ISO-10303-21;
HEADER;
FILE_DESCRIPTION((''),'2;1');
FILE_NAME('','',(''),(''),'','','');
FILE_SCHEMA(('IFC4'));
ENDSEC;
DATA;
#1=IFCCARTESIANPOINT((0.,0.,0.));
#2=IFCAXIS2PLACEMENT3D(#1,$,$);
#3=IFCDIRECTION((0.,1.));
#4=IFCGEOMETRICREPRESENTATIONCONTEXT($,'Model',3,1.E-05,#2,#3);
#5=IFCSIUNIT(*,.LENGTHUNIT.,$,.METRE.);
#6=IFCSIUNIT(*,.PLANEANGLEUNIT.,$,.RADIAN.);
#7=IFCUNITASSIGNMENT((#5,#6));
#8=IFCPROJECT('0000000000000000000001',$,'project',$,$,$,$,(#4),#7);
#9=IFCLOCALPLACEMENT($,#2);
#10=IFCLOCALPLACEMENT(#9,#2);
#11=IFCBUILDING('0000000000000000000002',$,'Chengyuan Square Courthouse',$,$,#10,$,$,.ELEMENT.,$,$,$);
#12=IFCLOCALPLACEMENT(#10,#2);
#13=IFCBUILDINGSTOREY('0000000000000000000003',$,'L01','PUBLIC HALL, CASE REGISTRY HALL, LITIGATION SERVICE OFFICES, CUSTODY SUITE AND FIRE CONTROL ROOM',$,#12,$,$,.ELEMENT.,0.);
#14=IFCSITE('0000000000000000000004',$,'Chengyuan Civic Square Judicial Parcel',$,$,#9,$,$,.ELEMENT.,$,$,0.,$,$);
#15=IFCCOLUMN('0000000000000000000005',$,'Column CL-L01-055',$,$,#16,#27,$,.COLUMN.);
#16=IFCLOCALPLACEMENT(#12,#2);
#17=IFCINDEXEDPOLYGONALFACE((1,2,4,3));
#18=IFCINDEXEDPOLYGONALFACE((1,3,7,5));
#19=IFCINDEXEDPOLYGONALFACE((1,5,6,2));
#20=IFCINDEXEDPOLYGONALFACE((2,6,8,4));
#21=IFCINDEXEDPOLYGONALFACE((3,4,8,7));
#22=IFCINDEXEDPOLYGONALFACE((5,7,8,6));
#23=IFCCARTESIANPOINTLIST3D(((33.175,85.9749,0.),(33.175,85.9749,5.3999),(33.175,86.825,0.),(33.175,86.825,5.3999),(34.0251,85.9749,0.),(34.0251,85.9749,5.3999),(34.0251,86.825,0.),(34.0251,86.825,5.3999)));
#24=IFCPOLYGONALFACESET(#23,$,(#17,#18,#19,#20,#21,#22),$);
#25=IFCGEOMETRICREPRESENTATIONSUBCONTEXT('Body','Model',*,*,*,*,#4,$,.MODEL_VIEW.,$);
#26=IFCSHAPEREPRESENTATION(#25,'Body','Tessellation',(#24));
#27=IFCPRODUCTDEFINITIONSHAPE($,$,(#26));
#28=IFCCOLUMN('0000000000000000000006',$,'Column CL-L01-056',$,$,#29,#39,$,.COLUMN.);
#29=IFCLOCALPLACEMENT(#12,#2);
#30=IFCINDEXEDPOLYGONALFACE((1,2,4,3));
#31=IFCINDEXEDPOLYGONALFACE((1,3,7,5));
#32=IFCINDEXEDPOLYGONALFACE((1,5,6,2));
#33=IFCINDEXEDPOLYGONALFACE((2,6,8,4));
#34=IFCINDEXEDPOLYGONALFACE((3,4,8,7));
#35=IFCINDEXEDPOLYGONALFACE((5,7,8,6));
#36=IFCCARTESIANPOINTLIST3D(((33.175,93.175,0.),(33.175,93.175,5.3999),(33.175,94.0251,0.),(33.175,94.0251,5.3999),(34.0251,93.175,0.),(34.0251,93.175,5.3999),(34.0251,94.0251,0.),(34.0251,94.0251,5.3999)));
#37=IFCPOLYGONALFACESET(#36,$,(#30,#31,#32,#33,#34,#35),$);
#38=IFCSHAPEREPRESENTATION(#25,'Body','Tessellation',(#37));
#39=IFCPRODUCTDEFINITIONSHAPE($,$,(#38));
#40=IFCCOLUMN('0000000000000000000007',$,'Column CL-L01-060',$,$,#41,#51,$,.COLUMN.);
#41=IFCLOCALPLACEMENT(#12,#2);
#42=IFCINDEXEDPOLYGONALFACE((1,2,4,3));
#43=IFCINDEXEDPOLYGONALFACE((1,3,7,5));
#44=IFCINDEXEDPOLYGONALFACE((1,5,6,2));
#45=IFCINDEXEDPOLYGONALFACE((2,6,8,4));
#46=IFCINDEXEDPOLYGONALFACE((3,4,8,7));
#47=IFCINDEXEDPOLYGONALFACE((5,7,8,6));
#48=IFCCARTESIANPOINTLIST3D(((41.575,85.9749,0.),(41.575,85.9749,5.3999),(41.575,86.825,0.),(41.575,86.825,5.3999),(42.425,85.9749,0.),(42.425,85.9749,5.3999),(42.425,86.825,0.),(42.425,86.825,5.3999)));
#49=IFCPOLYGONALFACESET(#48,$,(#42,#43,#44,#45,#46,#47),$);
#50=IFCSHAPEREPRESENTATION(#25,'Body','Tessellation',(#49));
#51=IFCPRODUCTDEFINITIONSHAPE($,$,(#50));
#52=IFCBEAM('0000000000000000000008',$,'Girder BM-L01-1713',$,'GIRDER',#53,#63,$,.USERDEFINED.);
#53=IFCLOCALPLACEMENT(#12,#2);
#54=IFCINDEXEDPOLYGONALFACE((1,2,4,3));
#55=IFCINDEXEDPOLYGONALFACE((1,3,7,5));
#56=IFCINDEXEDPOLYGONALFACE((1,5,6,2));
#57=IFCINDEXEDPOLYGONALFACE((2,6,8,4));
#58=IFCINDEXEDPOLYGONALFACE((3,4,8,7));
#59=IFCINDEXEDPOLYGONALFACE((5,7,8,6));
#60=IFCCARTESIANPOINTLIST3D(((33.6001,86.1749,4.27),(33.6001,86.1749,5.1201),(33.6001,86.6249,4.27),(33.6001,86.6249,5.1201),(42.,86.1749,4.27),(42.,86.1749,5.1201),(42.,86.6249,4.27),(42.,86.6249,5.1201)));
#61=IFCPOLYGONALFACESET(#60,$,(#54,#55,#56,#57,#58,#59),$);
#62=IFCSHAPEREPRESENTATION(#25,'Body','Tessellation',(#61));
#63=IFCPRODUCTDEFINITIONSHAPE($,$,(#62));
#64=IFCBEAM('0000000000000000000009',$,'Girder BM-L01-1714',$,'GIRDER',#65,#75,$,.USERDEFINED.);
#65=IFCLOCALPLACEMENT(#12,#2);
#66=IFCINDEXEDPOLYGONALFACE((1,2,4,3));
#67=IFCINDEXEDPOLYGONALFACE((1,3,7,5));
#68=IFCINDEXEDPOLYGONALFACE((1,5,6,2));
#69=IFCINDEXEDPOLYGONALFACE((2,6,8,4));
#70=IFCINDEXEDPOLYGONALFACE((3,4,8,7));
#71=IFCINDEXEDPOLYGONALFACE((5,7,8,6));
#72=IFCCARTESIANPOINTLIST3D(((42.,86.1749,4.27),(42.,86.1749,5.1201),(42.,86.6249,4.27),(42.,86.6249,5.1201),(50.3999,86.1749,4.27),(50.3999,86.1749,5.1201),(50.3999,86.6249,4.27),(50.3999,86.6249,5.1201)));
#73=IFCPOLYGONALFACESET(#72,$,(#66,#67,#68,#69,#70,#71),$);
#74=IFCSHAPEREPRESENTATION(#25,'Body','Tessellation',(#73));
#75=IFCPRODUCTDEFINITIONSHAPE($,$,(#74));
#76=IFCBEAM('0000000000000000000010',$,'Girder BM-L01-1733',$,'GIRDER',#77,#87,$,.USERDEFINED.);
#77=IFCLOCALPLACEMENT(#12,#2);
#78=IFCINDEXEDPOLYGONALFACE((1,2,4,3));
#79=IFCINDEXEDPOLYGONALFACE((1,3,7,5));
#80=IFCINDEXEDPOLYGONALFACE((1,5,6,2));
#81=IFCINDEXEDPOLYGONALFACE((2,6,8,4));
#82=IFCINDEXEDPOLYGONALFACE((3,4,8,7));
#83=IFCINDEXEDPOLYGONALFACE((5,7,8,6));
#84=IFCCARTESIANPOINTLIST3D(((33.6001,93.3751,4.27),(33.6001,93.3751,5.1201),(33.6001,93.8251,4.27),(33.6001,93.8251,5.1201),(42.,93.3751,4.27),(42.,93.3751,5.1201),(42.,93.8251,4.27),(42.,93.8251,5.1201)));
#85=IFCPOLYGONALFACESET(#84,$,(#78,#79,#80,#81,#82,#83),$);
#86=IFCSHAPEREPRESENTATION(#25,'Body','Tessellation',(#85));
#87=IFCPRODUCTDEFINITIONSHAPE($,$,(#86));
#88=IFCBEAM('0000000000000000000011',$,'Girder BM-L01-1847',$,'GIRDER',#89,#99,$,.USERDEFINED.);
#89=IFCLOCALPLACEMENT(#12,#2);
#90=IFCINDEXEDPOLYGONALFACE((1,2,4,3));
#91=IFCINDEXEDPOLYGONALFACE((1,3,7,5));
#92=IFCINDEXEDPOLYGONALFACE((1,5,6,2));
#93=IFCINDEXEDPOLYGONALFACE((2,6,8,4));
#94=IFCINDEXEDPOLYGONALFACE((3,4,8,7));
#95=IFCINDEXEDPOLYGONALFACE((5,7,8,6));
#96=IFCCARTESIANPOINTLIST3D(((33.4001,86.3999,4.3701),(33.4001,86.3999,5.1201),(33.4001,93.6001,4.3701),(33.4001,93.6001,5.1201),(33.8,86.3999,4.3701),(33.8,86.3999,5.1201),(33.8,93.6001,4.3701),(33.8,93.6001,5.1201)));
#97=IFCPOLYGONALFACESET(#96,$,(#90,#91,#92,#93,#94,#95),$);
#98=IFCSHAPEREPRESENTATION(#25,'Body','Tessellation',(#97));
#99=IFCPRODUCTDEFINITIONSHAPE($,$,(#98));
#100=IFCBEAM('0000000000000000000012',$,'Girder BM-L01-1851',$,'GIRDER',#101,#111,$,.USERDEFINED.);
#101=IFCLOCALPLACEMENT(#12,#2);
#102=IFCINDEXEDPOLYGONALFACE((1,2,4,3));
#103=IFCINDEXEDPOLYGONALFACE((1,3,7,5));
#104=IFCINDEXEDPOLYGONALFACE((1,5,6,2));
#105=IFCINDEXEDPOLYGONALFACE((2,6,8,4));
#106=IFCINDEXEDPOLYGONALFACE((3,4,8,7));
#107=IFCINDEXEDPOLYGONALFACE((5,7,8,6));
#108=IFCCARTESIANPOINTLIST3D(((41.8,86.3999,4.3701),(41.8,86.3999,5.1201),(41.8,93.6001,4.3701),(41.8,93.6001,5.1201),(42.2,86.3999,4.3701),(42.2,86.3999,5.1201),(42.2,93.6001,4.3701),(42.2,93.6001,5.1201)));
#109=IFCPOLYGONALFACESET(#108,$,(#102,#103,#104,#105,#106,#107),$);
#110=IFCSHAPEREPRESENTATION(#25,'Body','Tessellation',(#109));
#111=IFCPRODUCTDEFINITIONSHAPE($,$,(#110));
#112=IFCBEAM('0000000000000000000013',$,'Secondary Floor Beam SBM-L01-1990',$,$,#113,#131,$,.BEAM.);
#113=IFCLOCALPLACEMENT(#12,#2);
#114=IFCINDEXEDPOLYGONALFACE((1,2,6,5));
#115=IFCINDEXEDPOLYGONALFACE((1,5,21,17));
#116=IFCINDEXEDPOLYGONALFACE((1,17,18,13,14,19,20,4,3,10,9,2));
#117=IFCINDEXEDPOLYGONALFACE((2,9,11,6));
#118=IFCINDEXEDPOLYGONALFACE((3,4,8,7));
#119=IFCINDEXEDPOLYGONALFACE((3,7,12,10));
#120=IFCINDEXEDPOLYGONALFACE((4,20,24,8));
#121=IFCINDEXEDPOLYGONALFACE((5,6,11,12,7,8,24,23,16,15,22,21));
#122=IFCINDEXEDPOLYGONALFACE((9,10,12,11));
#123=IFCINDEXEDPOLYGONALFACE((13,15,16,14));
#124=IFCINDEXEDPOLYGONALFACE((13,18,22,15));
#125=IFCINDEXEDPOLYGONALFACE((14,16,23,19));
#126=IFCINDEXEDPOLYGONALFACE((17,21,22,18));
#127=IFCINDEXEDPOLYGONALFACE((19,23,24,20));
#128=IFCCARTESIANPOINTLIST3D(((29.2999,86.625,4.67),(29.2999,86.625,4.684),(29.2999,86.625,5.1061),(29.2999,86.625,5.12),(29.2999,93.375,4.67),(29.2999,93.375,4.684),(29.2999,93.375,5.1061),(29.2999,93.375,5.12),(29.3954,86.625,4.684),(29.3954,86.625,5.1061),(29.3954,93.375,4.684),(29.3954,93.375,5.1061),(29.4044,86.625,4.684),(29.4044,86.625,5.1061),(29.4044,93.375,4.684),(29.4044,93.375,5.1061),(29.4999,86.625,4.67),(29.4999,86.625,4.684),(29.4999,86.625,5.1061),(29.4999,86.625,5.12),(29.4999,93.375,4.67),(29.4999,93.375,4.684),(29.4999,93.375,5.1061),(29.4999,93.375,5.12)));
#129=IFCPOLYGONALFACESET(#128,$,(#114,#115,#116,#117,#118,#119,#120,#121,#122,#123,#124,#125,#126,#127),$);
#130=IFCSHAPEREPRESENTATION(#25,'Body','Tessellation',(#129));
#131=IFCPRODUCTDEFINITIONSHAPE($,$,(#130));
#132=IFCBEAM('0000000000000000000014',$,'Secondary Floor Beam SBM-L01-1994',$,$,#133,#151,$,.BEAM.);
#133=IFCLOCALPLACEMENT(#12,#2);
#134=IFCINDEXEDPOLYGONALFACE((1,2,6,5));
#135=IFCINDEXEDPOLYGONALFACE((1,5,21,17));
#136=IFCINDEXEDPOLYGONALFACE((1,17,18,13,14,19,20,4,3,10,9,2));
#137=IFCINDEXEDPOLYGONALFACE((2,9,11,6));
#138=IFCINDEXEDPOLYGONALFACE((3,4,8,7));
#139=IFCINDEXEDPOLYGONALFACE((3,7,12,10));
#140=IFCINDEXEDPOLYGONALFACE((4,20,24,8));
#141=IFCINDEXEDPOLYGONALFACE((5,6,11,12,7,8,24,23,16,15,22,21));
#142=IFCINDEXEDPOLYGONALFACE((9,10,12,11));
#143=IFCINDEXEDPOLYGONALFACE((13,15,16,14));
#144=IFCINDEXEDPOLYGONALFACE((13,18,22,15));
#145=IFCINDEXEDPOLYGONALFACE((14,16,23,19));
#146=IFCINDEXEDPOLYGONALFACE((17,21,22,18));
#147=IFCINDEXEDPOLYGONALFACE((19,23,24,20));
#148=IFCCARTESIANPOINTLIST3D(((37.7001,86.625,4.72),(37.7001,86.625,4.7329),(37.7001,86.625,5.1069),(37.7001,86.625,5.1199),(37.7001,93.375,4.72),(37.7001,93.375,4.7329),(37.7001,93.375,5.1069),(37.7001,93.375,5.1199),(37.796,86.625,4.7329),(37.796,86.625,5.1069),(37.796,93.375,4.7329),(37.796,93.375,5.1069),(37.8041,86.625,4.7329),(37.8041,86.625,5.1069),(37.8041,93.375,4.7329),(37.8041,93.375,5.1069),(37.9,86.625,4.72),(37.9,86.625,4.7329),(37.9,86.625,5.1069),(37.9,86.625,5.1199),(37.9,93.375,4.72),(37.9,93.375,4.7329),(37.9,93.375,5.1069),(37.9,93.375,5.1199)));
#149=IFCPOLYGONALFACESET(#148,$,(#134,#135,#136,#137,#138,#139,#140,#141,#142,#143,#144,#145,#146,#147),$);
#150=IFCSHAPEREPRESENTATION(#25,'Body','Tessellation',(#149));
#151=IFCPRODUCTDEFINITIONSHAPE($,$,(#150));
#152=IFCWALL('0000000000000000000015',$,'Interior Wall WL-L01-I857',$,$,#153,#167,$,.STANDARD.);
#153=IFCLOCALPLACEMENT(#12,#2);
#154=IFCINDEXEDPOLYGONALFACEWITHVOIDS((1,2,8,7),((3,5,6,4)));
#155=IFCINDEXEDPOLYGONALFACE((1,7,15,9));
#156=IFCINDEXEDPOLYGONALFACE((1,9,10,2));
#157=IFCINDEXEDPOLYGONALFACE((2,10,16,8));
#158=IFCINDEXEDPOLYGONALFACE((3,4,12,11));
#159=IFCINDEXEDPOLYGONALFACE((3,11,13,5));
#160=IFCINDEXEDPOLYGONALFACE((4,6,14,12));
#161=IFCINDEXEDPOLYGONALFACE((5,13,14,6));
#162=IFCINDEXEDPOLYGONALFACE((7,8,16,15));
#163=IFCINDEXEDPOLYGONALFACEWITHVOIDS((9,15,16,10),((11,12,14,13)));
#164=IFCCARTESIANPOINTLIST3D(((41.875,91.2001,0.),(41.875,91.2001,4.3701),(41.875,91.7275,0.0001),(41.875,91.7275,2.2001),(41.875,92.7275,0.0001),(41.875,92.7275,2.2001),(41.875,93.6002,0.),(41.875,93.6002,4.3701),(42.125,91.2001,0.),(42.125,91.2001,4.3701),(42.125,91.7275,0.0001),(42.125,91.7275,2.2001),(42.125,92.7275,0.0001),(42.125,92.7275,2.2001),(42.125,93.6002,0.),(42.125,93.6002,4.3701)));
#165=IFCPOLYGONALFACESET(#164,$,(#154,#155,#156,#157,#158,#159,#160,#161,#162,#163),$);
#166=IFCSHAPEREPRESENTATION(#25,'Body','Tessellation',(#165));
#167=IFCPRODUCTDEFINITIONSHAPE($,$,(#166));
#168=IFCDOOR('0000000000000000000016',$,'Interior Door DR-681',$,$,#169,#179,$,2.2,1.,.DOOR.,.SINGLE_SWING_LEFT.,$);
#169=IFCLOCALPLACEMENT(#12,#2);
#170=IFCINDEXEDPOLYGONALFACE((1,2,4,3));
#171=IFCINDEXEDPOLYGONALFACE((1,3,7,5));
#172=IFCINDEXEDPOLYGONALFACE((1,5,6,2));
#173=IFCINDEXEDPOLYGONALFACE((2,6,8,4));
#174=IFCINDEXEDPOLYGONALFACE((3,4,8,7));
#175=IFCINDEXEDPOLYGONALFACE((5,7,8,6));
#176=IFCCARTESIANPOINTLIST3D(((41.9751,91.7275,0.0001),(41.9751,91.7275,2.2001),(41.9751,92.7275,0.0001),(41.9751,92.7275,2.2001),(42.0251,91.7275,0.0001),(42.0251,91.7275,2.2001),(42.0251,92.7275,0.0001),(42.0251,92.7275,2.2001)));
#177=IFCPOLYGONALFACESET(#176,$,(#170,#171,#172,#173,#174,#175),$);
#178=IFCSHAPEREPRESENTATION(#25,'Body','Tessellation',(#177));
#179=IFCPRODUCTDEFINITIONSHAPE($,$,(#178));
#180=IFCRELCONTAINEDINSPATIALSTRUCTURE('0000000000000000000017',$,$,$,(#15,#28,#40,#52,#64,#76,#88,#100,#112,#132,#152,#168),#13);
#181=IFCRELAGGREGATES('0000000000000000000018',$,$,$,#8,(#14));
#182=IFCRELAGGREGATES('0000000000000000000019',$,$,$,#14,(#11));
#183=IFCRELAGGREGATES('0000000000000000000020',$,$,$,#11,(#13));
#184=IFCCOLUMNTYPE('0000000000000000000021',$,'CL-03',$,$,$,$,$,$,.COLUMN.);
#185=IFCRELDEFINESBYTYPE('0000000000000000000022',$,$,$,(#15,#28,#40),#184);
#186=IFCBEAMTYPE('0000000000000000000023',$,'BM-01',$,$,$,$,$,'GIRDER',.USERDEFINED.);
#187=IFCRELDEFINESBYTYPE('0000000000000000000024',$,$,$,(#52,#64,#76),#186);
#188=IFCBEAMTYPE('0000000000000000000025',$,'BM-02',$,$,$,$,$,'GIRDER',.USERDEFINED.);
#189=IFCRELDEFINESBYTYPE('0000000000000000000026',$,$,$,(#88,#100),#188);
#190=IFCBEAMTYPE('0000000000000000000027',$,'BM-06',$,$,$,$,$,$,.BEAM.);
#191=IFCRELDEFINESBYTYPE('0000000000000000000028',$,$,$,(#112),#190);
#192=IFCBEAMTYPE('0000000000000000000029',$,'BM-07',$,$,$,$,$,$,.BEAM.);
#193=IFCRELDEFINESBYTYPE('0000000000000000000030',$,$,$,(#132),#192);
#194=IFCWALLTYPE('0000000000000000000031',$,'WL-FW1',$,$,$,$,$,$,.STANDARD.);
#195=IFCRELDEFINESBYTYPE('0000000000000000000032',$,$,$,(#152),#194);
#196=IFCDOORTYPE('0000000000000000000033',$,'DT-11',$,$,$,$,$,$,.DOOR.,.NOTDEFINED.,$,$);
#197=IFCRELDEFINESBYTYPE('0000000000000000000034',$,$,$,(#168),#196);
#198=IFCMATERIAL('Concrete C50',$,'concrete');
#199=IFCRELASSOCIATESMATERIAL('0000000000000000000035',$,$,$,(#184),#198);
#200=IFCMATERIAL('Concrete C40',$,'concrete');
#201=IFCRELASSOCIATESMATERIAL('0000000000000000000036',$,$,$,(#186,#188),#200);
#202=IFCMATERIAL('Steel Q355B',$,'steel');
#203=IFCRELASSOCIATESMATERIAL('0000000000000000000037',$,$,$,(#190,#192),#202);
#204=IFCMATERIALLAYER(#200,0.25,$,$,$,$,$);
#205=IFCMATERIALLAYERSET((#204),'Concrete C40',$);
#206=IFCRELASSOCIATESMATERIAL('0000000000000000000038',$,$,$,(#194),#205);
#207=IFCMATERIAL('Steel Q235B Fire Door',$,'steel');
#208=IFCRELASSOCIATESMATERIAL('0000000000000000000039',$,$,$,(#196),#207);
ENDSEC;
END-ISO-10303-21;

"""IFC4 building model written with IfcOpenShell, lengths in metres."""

from ifc_helpers import new_model, si_unit, direction, frame, frame_2d, origin, origin_2d, place, context, subcontext, project, spatial, rectangle, i_section, extrude, material, layer, layer_set, material_profile, profile_set, type_object, element, fill, save


model = new_model("IFC4")

# Units and contexts
model_context = context("Model", 3, precision=1e-05, world=origin(), true_north=direction((0.0, 1.0)))
body_context = subcontext(model_context, "Body", "Model", "MODEL_VIEW")
ifc_project = project(units=[si_unit("LENGTHUNIT", "METRE"), si_unit("PLANEANGLEUNIT", "RADIAN")], contexts=[model_context])

# Site, building, storey
site_placement = place(None, origin())
site = spatial("IfcSite", under=ifc_project, at=site_placement, Name="Chengyuan Civic Square Judicial Parcel", CompositionType="ELEMENT", RefElevation=0.0)
building_placement = place(site_placement, origin())
building = spatial("IfcBuilding", under=site, at=building_placement, Name="Chengyuan Square Courthouse", CompositionType="ELEMENT")
storey_placement = place(building_placement, origin())
storey = spatial("IfcBuildingStorey", under=building, at=storey_placement, Name="L01", Description="PUBLIC HALL, CASE REGISTRY HALL, LITIGATION SERVICE OFFICES, CUSTODY SUITE AND FIRE CONTROL ROOM", CompositionType="ELEMENT", Elevation=0.0)

# Columns
ifc_material_1 = material(Name="Concrete C50", Category="concrete")
ifc_material_profile_1 = material_profile(ifc_material_1, rectangle(XDim=0.8501, YDim=0.8501, at=origin_2d()), Name="RC-COL-850x850")
ifc_profile_set_1 = profile_set([ifc_material_profile_1], Name="Concrete C50")
column_type = type_object("IfcColumnType", Name="CL-03", PredefinedType="COLUMN", material=ifc_profile_set_1)
for number, where, z_axis, x_axis, name in (
    (1, (33.6001, 86.3999, 0.0), (0.0, 0.0, 1.0), (1.0, 0.0, 0.0), "Column CL-L01-055"),
    (2, (33.6001, 93.6001, 0.0), (0.0, 0.0, 1.0), (1.0, 0.0, 0.0), "Column CL-L01-056"),
    (3, (42.0, 86.3999, 0.0), (0.0, 0.0, 1.0), (1.0, 0.0, 0.0), "Column CL-L01-060"),
):
    element("IfcColumn", number, at=place(storey_placement, frame(where, z_axis=z_axis, x_axis=x_axis)), inside=storey, type_object=column_type, Name=name, PredefinedType="COLUMN", context=body_context, shape_type="SweptSolid", body=[
        extrude(rectangle(XDim=0.8501, YDim=0.8501, at=origin_2d()), origin(), (0.0, 0.0, 1.0), 5.3999),
    ])

# Beams
ifc_material_2 = material(Name="Concrete C40", Category="concrete")
ifc_material_profile_2 = material_profile(ifc_material_2, rectangle(XDim=0.45, YDim=0.8501, at=origin_2d()), Name="RC-BM-450x850")
ifc_profile_set_2 = profile_set([ifc_material_profile_2], Name="Concrete C40")
beam_type_1 = type_object("IfcBeamType", Name="BM-01", ElementType="GIRDER", PredefinedType="USERDEFINED", material=ifc_profile_set_2)
for number, where, z_axis, x_axis, name in (
    (4, (33.6001, 86.3999, 4.6951), (1.0, 0.0, 0.0), (0.0, 1.0, 0.0), "Girder BM-L01-1713"),
    (5, (42.0, 86.3999, 4.6951), (1.0, 0.0, 0.0), (0.0, 1.0, 0.0), "Girder BM-L01-1714"),
    (6, (33.6001, 93.6001, 4.6951), (1.0, 0.0, 0.0), (0.0, 1.0, 0.0), "Girder BM-L01-1733"),
):
    element("IfcBeam", number, at=place(storey_placement, frame(where, z_axis=z_axis, x_axis=x_axis)), inside=storey, type_object=beam_type_1, Name=name, ObjectType="GIRDER", PredefinedType="USERDEFINED", context=body_context, shape_type="SweptSolid", body=[
        extrude(rectangle(XDim=0.45, YDim=0.8501, at=origin_2d()), origin(), (0.0, 0.0, 1.0), 8.3999),
    ])
ifc_material_profile_3 = material_profile(ifc_material_2, rectangle(XDim=0.3999, YDim=0.75, at=origin_2d()), Name="RC-BM-400x750")
ifc_profile_set_3 = profile_set([ifc_material_profile_3], Name="Concrete C40")
beam_type_2 = type_object("IfcBeamType", Name="BM-02", ElementType="GIRDER", PredefinedType="USERDEFINED", material=ifc_profile_set_3)
for number, where, z_axis, x_axis, name in (
    (7, (33.6001, 86.3999, 4.7451), (0.0, 1.0, 0.0), (-1.0, 0.0, 0.0), "Girder BM-L01-1847"),
    (8, (42.0, 86.3999, 4.7451), (0.0, 1.0, 0.0), (-1.0, 0.0, 0.0), "Girder BM-L01-1851"),
):
    element("IfcBeam", number, at=place(storey_placement, frame(where, z_axis=z_axis, x_axis=x_axis)), inside=storey, type_object=beam_type_2, Name=name, ObjectType="GIRDER", PredefinedType="USERDEFINED", context=body_context, shape_type="SweptSolid", body=[
        extrude(rectangle(XDim=0.3999, YDim=0.75, at=origin_2d()), origin(), (0.0, 0.0, 1.0), 7.2002),
    ])
ifc_material_3 = material(Name="Steel Q355B", Category="steel")
ifc_material_profile_4 = material_profile(ifc_material_3, i_section(OverallWidth=0.2, OverallDepth=0.45, WebThickness=0.009, FlangeThickness=0.0139, at=origin_2d()), Name="HN 450x200x9x14")
ifc_profile_set_4 = profile_set([ifc_material_profile_4], Name="Steel Q355B")
beam_type_3 = type_object("IfcBeamType", Name="BM-06", PredefinedType="BEAM", material=ifc_profile_set_4)
beam_1_placement = place(storey_placement, frame((29.3999, 86.625, 4.895), z_axis=(0.0, 1.0, 0.0), x_axis=(-1.0, 0.0, 0.0)))
element("IfcBeam", 9, at=beam_1_placement, inside=storey, type_object=beam_type_3, Name="Secondary Floor Beam SBM-L01-1990", PredefinedType="BEAM", context=body_context, shape_type="SweptSolid", body=[
    extrude(i_section(OverallWidth=0.2, OverallDepth=0.45, WebThickness=0.009, FlangeThickness=0.0139, at=origin_2d()), origin(), (0.0, 0.0, 1.0), 6.75),
])
ifc_material_profile_5 = material_profile(ifc_material_3, i_section(OverallWidth=0.2, OverallDepth=0.3999, WebThickness=0.0081, FlangeThickness=0.0129, at=origin_2d()), Name="HN 400x200x8x13")
ifc_profile_set_5 = profile_set([ifc_material_profile_5], Name="Steel Q355B")
beam_type_4 = type_object("IfcBeamType", Name="BM-07", PredefinedType="BEAM", material=ifc_profile_set_5)
beam_2_placement = place(storey_placement, frame((37.8, 86.625, 4.9199), z_axis=(0.0, 1.0, 0.0), x_axis=(-1.0, 0.0, 0.0)))
element("IfcBeam", 10, at=beam_2_placement, inside=storey, type_object=beam_type_4, Name="Secondary Floor Beam SBM-L01-1994", PredefinedType="BEAM", context=body_context, shape_type="SweptSolid", body=[
    extrude(i_section(OverallWidth=0.2, OverallDepth=0.3999, WebThickness=0.0081, FlangeThickness=0.0129, at=origin_2d()), origin(), (0.0, 0.0, 1.0), 6.75),
])

# Wall, opening, door
ifc_layer_1 = layer(ifc_material_2, 0.25)
ifc_layer_set_1 = layer_set([ifc_layer_1], Name="Concrete C40")
wall_type_1 = type_object("IfcWallType", Name="WL-FW1", PredefinedType="STANDARD", material=ifc_layer_set_1)
wall_1_placement = place(storey_placement, frame((42.0, 91.2, 0.0), z_axis=(0.0, 0.0, 1.0), x_axis=(0.0, 1.0, 0.0)))
wall_1 = element("IfcWall", 11, at=wall_1_placement, inside=storey, type_object=wall_type_1, Name="Interior Wall WL-L01-I857", PredefinedType="STANDARD", context=body_context, shape_type="SweptSolid", body=[
    extrude(rectangle(XDim=2.4001, YDim=0.25, at=frame_2d((1.2002, 0.0))), origin(), (0.0, 0.0, 1.0), 4.3701),
])
opening_1_placement = place(wall_1_placement, frame((0.5276, 0.0, 0.0)))
opening_1 = element("IfcOpeningElement", 12, at=opening_1_placement, cuts=wall_1, PredefinedType="OPENING", context=body_context, shape_type="SweptSolid", body=[
    extrude(rectangle(XDim=1.0, YDim=2.2, at=frame_2d((0.5, 1.1001))), frame((0.0, 0.137, 0.0), z_axis=(0.0, -1.0, 0.0), x_axis=(1.0, 0.0, 0.0)), (0.0, 0.0, 1.0), 0.2739),
])
ifc_material_4 = material(Name="Steel Q235B Fire Door", Category="steel")
door_type_1 = type_object("IfcDoorType", Name="DT-11", OperationType="NOTDEFINED", PredefinedType="DOOR", material=ifc_material_4)
door_1_placement = place(opening_1_placement, origin())
door_1 = element("IfcDoor", 13, at=door_1_placement, inside=storey, type_object=door_type_1, Name="Interior Door DR-681", OperationType="SINGLE_SWING_LEFT", OverallHeight=2.2, OverallWidth=1.0, PredefinedType="DOOR", context=body_context, shape_type="SweptSolid", body=[
    extrude(rectangle(XDim=1.0, YDim=2.2, at=frame_2d((0.5, 1.1001))), frame((0.0, 0.0249, 0.0), z_axis=(0.0, -1.0, 0.0), x_axis=(1.0, 0.0, 0.0)), (0.0, 0.0, 1.0), 0.05),
])
fill(opening_1, door_1)

save(model, "model.ifc")
